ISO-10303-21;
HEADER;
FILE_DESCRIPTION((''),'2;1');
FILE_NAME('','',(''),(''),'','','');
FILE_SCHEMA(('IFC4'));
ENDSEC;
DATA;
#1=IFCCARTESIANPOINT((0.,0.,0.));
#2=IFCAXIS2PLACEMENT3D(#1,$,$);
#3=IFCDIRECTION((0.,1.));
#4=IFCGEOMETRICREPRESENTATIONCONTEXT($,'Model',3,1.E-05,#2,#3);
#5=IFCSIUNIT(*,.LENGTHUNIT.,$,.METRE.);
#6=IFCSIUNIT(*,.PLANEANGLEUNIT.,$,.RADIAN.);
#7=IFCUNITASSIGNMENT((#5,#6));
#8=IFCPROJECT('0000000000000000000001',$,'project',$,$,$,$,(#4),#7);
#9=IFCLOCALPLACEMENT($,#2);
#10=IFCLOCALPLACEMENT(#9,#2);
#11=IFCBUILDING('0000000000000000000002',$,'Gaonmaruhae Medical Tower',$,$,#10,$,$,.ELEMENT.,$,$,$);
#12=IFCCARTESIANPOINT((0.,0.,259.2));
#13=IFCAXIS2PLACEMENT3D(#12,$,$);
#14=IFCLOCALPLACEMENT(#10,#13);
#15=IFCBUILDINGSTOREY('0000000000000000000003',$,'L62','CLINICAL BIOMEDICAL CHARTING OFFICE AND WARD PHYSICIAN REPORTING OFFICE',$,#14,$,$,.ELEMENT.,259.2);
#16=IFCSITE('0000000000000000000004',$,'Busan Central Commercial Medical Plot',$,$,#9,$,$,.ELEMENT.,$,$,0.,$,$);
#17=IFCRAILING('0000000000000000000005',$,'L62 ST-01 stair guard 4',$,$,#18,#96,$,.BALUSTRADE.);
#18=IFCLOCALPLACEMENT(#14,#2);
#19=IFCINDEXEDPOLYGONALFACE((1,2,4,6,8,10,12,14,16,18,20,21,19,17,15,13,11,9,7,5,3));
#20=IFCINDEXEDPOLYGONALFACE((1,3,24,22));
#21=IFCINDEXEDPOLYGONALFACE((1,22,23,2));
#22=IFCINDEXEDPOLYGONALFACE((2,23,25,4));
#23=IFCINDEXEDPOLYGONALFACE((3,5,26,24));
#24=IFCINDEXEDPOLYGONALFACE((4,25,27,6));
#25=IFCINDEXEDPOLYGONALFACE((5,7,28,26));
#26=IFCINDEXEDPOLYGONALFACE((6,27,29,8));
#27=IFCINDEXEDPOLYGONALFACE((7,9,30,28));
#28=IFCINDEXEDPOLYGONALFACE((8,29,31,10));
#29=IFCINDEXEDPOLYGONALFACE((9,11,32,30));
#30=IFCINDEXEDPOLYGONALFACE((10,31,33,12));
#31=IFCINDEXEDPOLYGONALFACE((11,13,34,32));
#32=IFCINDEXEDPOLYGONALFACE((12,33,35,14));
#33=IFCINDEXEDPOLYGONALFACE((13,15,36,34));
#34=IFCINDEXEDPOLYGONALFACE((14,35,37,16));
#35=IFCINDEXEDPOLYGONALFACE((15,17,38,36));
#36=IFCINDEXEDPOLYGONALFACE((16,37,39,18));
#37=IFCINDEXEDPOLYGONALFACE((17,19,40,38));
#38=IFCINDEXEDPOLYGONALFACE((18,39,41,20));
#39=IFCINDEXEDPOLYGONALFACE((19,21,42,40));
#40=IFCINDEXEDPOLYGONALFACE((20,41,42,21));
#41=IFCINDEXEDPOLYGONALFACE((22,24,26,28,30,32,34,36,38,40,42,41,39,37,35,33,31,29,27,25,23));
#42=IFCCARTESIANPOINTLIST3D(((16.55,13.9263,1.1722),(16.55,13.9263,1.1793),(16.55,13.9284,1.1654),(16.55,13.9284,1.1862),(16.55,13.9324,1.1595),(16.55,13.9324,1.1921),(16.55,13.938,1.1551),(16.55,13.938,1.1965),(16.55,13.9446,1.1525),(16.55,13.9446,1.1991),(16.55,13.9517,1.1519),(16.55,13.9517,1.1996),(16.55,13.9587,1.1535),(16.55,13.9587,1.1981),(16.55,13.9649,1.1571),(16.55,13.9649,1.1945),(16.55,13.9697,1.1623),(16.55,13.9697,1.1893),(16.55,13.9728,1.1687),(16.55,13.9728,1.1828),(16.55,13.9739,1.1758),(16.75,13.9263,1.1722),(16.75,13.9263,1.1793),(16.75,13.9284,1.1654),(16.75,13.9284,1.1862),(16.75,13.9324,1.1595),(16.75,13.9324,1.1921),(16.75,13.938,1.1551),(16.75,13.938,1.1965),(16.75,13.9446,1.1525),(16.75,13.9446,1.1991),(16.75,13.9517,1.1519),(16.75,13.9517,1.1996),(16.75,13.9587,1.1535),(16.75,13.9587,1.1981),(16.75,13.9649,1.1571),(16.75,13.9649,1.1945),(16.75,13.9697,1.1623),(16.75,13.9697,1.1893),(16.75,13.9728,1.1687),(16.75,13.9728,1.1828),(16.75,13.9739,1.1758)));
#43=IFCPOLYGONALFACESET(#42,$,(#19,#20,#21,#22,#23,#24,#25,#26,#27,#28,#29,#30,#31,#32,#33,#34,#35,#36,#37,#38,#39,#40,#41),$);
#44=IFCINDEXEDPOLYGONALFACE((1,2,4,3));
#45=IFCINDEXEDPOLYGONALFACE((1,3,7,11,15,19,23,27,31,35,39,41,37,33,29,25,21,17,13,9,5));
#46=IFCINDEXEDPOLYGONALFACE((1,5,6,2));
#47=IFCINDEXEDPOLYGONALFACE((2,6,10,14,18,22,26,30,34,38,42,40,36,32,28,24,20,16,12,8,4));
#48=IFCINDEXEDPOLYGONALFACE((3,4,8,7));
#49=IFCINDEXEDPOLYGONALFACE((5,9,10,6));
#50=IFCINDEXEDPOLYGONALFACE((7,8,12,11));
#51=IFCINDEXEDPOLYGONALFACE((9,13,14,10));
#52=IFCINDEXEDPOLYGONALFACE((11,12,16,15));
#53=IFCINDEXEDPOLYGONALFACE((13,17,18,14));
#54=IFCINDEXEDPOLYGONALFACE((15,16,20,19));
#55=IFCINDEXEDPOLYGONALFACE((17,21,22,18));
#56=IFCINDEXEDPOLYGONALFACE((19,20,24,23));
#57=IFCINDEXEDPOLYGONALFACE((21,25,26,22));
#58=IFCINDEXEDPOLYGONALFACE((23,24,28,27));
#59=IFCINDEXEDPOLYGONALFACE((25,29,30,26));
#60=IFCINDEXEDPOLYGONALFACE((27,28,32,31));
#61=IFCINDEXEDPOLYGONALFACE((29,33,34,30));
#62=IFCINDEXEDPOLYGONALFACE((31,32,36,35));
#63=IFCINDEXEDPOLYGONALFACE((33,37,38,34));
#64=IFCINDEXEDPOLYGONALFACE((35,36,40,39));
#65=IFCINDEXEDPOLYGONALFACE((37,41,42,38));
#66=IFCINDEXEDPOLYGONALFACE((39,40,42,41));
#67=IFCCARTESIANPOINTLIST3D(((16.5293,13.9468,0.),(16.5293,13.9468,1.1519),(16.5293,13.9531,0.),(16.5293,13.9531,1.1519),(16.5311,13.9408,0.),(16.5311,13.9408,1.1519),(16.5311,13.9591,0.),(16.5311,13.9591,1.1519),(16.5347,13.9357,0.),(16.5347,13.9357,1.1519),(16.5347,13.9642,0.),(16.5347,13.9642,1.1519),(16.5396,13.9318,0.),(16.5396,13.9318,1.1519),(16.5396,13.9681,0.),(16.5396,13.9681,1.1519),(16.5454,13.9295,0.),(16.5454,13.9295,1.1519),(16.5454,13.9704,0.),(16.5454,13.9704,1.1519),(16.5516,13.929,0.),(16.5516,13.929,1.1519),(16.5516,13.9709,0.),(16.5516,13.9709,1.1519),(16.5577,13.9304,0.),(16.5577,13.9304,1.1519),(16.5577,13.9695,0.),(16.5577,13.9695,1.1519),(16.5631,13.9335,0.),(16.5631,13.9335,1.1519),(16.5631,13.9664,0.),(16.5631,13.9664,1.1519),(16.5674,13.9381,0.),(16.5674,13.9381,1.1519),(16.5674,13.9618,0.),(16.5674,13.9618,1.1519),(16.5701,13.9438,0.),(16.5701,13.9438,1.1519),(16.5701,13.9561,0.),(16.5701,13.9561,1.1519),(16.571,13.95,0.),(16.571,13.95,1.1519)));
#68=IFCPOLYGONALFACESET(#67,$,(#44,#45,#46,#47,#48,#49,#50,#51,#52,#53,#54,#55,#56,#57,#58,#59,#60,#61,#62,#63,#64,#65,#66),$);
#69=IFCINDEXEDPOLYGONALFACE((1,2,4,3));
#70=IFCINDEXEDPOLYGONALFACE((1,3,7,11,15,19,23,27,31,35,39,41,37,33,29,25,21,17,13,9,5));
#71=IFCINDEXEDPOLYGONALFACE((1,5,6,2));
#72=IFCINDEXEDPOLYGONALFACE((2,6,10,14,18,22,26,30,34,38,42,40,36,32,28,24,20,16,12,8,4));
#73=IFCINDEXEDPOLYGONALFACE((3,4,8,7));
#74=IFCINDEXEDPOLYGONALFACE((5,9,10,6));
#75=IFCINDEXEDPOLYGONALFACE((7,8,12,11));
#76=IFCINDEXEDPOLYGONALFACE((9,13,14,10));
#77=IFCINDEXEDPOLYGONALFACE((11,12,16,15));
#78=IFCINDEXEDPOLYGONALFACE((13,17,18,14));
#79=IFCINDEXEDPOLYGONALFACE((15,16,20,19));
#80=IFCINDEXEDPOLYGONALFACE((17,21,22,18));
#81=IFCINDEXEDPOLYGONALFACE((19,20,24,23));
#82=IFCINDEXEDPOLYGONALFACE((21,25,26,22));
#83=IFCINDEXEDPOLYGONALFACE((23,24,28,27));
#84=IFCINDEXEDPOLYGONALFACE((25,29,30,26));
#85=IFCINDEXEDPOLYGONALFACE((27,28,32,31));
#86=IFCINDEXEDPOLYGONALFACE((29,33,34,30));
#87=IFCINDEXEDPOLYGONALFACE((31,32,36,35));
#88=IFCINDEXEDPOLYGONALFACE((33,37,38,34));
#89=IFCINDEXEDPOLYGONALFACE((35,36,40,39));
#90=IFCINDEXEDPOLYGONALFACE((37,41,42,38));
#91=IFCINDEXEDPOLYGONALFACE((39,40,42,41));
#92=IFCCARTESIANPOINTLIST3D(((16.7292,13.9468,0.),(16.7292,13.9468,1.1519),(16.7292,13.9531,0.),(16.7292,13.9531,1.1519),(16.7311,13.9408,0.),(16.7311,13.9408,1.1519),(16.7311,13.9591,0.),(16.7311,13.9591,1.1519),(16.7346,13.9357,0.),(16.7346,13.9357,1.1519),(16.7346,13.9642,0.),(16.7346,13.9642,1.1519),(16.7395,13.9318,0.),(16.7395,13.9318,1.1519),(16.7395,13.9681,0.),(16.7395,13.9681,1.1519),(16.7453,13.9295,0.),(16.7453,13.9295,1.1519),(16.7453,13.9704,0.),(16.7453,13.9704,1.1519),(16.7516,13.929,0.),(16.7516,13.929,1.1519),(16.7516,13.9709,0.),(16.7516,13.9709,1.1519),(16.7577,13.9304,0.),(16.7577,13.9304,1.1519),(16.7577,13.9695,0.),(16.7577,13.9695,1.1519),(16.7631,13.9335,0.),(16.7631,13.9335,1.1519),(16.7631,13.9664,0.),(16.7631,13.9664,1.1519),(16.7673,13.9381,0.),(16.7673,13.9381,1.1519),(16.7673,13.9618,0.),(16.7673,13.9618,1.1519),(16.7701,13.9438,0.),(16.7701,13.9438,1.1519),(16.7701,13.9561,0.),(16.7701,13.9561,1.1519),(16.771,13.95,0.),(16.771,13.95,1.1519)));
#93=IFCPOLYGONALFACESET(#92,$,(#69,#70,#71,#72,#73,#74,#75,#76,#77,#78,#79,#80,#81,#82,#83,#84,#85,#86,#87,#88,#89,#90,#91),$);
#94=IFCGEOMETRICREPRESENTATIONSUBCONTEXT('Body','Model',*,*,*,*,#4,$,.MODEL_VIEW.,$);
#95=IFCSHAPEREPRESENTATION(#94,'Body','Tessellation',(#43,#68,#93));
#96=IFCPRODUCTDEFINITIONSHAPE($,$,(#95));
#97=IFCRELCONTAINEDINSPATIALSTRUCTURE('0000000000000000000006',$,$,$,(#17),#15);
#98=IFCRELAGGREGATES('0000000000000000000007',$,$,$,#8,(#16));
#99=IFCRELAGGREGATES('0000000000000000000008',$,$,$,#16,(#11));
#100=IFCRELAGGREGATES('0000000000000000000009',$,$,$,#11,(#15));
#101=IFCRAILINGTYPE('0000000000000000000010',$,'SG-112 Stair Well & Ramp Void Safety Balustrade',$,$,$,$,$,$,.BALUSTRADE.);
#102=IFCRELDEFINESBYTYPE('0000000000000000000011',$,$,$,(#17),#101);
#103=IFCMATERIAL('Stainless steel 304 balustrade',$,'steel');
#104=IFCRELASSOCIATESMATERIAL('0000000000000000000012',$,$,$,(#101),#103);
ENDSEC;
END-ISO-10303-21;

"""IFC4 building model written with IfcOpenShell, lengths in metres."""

from ifc_helpers import new_model, si_unit, direction, frame, origin, origin_2d, place, context, subcontext, project, spatial, circle, extrude, material, type_object, element, save


model = new_model("IFC4")

# Units and contexts
model_context = context("Model", 3, precision=1e-05, world=origin(), true_north=direction((0.0, 1.0)))
body_context = subcontext(model_context, "Body", "Model", "MODEL_VIEW")
ifc_project = project(units=[si_unit("LENGTHUNIT", "METRE"), si_unit("PLANEANGLEUNIT", "RADIAN")], contexts=[model_context])

# Site, building, storey
site_placement = place(None, origin())
site = spatial("IfcSite", under=ifc_project, at=site_placement, Name="Busan Central Commercial Medical Plot", CompositionType="ELEMENT", RefElevation=0.0)
building_placement = place(site_placement, origin())
building = spatial("IfcBuilding", under=site, at=building_placement, Name="Gaonmaruhae Medical Tower", CompositionType="ELEMENT")
storey_placement = place(building_placement, frame((0.0, 0.0, 259.2)))
storey = spatial("IfcBuildingStorey", under=building, at=storey_placement, Name="L62", Description="CLINICAL BIOMEDICAL CHARTING OFFICE AND WARD PHYSICIAN REPORTING OFFICE", CompositionType="ELEMENT", Elevation=259.2)

# Railing
ifc_material_1 = material(Name="Stainless steel 304 balustrade", Category="steel")
railing_type = type_object("IfcRailingType", Name="SG-112 Stair Well & Ramp Void Safety Balustrade", PredefinedType="BALUSTRADE", material=ifc_material_1)
railing_1_placement = place(storey_placement, frame((16.55, 13.95, 0.0)))
element("IfcRailing", 1, at=railing_1_placement, inside=storey, type_object=railing_type, Name="L62 ST-01 stair guard 4", PredefinedType="BALUSTRADE", context=body_context, shape_type="SweptSolid", body=[
    extrude(circle(Radius=0.0239, at=origin_2d()), frame((0.0, 0.0, 1.1758), z_axis=(1.0, 0.0, 0.0), x_axis=(0.0, 1.0, 0.0)), (0.0, 0.0, 1.0), 0.2),
    extrude(circle(Radius=0.021, at=origin_2d()), origin(), (0.0, 0.0, 1.0), 1.1519),
    extrude(circle(Radius=0.021, at=origin_2d()), frame((0.2, 0.0, 0.0)), (0.0, 0.0, 1.0), 1.1519),
])

save(model, "model.ifc")
